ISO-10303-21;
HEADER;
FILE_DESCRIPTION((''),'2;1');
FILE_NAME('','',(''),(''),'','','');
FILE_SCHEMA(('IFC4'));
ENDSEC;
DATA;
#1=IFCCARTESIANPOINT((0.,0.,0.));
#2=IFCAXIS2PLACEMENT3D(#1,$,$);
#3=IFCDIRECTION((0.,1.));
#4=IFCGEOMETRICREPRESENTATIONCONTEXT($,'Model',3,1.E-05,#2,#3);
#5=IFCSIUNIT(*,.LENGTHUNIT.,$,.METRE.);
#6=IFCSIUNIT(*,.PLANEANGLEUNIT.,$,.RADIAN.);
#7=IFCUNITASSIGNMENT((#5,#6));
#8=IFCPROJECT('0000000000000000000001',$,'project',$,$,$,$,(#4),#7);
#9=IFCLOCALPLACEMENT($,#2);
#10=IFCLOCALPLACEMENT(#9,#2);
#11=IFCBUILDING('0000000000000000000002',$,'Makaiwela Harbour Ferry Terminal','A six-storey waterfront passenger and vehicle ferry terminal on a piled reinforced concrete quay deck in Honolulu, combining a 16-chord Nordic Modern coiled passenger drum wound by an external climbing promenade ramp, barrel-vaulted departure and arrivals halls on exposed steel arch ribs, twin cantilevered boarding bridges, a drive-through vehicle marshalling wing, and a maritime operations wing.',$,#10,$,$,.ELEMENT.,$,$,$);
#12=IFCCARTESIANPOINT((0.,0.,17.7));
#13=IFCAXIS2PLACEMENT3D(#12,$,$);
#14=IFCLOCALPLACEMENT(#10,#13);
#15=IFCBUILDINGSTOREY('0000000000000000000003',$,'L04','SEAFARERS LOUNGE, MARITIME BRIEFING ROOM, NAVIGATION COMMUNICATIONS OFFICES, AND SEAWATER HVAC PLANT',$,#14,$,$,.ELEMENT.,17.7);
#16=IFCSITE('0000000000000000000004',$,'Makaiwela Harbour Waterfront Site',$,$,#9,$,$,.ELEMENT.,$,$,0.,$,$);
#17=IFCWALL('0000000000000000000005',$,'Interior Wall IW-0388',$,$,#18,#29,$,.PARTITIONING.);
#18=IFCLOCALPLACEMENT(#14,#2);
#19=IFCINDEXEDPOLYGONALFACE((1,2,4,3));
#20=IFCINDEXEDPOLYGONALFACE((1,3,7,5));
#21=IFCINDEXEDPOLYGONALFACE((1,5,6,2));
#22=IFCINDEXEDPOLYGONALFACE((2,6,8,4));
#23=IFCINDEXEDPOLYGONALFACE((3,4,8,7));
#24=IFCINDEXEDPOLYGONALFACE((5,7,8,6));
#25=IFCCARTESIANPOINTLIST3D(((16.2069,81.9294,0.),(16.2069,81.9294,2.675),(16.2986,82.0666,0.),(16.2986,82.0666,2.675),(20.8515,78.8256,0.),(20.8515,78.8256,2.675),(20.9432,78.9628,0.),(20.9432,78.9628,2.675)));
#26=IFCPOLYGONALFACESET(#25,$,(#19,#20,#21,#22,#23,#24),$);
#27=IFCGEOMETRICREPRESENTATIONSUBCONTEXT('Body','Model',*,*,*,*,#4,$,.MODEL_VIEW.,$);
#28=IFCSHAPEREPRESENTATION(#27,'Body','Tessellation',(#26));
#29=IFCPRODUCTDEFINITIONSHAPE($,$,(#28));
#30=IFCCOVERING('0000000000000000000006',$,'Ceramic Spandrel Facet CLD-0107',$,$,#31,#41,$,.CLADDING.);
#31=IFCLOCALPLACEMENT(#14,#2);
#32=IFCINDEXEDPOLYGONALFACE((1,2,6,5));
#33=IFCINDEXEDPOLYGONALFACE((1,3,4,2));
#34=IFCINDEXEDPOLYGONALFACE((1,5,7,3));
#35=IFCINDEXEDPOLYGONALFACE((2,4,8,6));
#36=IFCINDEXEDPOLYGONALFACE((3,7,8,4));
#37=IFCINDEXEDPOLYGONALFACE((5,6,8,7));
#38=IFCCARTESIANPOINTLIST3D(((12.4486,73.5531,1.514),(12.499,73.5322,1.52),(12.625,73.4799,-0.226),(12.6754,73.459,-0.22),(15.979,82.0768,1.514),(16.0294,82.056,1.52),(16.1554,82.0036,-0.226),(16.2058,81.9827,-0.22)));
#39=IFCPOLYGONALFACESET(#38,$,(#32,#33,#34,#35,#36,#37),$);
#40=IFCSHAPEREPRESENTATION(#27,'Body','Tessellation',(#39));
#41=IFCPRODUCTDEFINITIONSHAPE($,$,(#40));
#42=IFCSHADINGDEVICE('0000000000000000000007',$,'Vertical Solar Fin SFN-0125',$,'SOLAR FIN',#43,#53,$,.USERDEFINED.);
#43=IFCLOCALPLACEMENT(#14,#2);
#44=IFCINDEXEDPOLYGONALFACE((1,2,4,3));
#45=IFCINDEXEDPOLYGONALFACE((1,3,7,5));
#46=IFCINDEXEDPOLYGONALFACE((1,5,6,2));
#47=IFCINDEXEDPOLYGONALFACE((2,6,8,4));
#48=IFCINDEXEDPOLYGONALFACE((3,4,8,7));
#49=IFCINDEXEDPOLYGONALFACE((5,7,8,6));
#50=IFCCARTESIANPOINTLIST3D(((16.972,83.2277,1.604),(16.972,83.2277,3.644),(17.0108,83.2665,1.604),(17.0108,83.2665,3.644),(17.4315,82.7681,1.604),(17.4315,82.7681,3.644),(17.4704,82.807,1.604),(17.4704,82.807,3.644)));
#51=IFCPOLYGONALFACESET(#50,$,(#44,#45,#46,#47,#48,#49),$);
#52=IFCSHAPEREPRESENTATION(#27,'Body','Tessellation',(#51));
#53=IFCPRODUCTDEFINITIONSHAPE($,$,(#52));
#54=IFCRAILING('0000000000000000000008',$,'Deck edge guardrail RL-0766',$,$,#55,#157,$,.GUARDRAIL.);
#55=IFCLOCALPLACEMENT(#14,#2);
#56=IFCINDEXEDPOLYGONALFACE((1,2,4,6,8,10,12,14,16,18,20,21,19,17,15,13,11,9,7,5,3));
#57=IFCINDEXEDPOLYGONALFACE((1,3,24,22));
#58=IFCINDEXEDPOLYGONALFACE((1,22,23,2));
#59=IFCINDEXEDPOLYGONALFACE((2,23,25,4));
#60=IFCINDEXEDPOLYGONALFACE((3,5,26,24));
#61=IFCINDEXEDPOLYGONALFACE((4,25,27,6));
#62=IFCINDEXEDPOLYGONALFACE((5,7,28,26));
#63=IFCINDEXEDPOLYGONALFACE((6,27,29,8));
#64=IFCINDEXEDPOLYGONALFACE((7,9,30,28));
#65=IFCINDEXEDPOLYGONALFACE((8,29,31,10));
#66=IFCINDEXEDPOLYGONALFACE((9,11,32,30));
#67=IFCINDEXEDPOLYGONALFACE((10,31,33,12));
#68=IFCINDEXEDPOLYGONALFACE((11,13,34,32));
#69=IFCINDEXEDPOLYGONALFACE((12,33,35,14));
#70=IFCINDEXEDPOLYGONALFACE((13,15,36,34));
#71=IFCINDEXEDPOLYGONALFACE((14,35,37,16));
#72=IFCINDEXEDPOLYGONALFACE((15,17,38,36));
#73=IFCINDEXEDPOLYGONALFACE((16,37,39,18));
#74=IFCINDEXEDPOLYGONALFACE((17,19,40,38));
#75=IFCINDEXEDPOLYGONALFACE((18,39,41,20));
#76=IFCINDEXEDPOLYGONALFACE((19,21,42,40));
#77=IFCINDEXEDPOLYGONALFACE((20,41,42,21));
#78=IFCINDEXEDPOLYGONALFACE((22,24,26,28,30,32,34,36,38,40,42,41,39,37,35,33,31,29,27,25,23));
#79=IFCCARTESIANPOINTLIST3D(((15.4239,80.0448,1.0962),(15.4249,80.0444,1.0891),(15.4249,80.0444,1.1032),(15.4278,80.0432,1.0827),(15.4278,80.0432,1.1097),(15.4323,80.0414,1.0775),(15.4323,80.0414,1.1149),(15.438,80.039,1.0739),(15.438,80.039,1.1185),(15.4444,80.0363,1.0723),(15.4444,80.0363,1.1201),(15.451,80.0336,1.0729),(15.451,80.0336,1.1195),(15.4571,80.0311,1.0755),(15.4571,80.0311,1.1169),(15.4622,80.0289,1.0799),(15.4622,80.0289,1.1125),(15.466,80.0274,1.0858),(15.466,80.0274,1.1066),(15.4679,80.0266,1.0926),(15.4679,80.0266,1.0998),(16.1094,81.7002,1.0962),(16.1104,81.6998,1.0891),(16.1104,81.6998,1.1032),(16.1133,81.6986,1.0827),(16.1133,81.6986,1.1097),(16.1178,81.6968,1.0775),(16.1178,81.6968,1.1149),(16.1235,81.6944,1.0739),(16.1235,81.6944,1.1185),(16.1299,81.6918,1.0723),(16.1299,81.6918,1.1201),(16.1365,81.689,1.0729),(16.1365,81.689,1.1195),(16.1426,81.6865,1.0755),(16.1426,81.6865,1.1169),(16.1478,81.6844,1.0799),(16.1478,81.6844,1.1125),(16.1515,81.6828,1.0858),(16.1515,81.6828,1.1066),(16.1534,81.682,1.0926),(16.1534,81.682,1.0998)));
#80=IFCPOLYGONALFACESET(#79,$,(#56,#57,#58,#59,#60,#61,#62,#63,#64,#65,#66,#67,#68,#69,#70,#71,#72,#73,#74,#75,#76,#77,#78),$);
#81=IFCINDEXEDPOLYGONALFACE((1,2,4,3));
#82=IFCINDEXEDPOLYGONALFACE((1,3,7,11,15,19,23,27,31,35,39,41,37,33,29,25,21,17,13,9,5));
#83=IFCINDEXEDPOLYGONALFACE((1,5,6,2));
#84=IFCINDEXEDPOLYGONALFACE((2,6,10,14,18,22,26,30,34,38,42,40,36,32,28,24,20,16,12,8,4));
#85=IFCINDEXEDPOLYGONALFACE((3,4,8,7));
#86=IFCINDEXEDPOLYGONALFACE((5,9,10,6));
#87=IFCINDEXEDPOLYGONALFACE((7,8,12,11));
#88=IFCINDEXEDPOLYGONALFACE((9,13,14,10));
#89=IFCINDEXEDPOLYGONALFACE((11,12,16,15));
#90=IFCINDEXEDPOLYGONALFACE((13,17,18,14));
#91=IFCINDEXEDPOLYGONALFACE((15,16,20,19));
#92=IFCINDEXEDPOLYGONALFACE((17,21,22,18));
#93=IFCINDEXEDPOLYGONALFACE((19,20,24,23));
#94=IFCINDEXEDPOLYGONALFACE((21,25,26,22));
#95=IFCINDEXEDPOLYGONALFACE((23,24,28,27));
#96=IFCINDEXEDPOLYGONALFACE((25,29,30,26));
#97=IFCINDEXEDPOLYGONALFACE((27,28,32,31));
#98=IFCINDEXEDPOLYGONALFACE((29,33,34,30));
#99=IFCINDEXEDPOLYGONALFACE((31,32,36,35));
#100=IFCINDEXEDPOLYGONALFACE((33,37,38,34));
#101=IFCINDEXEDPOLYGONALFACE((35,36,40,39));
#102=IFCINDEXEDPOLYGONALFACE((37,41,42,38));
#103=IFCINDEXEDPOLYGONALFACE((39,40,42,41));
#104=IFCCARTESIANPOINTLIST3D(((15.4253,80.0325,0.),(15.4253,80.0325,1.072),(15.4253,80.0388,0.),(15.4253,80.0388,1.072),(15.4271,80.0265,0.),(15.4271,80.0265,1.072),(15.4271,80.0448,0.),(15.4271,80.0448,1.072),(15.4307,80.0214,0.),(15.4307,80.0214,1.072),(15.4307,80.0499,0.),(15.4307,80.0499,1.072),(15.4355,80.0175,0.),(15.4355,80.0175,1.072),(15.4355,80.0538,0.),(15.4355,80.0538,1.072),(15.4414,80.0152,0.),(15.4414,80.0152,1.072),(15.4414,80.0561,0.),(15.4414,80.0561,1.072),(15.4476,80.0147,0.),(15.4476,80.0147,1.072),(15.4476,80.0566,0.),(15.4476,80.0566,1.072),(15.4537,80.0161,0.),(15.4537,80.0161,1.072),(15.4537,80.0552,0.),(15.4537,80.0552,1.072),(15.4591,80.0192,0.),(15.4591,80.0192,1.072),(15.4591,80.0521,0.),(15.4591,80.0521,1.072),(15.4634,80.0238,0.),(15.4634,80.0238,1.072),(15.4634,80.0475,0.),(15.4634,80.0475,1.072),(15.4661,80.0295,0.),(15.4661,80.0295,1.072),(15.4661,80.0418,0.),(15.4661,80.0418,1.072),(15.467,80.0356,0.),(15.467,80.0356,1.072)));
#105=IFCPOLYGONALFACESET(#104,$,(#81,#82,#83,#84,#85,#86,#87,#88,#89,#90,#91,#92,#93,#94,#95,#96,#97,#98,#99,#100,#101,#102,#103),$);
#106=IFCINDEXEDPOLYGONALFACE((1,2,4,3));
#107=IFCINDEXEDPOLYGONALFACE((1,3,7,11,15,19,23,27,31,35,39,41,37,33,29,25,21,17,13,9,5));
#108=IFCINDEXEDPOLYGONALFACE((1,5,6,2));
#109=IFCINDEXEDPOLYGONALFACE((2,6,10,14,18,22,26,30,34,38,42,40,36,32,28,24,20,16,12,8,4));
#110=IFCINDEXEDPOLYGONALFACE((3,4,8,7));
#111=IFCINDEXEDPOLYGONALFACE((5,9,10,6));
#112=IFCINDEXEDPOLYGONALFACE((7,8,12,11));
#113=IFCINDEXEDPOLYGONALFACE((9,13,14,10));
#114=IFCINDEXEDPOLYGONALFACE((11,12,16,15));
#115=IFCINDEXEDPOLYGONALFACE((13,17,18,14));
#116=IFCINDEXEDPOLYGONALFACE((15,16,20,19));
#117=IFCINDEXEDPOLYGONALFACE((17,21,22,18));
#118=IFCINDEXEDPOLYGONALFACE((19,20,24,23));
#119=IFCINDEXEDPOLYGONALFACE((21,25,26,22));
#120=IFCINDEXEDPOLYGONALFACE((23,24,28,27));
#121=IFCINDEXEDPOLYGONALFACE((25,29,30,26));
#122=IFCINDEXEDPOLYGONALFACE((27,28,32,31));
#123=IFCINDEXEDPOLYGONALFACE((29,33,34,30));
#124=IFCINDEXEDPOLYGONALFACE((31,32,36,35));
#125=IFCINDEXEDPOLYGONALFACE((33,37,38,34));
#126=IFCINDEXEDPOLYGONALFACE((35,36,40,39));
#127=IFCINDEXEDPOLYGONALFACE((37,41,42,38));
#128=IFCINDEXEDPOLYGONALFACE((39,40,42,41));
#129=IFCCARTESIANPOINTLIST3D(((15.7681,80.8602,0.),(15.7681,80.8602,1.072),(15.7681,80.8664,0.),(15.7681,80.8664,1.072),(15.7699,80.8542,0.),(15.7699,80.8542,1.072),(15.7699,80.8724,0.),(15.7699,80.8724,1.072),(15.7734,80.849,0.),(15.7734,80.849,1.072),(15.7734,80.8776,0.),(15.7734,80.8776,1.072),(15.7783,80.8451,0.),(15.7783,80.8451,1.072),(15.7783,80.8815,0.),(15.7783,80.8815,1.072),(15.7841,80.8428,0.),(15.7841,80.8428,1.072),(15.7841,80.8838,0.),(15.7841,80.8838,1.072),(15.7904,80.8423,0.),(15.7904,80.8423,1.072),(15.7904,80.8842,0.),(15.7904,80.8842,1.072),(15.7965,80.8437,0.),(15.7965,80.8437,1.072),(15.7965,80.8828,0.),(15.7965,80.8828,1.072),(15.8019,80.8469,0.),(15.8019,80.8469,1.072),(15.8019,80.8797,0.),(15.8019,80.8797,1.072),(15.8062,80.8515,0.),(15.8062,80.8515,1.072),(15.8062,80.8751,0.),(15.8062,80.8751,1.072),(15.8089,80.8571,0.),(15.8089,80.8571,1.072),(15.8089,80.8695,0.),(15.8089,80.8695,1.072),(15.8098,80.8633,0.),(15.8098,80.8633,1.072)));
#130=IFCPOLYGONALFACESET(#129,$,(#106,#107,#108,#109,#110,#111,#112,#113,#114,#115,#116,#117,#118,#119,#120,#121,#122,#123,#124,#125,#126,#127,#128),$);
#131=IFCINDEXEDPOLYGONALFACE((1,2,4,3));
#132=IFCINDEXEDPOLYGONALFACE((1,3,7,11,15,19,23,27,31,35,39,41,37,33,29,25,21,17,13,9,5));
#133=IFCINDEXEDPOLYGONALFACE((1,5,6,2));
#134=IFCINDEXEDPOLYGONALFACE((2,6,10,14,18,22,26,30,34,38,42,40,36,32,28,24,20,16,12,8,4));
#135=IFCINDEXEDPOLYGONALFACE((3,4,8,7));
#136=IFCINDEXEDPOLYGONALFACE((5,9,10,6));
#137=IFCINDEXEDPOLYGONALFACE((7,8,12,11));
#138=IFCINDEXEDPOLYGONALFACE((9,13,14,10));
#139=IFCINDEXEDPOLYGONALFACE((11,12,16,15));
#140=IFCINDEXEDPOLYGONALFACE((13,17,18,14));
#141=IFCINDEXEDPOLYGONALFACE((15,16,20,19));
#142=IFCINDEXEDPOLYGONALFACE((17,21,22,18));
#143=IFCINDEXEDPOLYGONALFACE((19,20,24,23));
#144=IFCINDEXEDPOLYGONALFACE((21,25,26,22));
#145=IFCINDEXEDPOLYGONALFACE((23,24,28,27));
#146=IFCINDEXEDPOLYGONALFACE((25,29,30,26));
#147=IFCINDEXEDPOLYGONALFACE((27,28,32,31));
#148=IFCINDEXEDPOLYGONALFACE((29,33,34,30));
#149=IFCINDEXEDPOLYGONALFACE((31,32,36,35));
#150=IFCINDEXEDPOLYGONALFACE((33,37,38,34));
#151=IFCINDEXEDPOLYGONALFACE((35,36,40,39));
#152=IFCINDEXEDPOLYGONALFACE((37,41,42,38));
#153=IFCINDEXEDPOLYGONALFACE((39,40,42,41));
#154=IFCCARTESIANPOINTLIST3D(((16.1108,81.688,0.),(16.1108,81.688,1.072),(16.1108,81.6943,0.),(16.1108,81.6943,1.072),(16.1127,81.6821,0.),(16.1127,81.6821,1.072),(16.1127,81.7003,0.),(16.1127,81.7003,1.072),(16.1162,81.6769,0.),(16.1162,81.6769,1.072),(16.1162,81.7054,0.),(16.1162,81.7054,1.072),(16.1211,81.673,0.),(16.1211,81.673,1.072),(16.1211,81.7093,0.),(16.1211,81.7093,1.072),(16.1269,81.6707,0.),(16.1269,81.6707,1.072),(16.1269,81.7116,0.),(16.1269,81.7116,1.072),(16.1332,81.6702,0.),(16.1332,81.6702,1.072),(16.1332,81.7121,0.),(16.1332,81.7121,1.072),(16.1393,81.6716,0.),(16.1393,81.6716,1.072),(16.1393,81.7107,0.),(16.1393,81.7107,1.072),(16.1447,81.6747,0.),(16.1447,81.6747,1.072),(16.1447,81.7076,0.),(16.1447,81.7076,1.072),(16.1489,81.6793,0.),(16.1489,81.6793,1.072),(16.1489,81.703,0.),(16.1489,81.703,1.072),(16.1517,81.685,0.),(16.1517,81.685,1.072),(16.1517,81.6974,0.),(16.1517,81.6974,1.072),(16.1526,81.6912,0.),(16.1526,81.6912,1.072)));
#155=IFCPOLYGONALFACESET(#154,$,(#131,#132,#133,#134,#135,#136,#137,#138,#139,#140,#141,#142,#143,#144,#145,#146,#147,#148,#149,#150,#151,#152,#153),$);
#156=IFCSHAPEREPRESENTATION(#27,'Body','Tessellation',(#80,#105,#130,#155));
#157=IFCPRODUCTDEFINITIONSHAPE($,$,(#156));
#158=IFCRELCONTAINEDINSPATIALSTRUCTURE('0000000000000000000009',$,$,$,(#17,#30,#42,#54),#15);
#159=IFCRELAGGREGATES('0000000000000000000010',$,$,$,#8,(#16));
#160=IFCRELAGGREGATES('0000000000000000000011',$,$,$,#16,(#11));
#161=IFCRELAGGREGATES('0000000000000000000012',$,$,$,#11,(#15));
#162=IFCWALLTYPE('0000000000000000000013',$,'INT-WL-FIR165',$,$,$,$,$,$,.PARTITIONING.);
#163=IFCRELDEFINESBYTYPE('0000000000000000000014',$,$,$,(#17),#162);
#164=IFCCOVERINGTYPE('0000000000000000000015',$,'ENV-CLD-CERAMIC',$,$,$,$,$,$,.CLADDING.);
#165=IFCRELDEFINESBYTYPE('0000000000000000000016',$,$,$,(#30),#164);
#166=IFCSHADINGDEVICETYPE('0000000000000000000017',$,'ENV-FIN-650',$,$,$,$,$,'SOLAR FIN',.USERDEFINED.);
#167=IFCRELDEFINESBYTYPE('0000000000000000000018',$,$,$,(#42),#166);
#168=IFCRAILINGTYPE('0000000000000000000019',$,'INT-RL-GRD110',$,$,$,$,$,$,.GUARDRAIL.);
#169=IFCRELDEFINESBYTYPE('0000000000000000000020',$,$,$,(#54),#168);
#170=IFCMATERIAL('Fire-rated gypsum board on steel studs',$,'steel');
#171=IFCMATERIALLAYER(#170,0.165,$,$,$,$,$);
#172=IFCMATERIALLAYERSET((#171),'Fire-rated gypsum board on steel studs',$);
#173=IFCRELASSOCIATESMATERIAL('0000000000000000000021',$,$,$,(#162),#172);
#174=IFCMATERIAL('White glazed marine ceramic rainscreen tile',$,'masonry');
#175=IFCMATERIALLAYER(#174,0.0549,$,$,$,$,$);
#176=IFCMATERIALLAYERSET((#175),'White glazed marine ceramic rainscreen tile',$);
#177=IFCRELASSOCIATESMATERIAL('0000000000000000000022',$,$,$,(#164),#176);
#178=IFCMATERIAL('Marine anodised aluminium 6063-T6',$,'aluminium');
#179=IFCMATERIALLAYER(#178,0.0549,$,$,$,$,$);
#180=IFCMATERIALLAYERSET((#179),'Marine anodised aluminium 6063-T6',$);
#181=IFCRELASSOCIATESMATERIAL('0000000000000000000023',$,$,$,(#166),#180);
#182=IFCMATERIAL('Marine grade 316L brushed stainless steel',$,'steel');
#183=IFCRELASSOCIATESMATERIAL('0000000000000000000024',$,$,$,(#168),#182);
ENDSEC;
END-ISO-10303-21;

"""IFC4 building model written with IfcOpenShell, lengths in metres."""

from ifc_helpers import new_model, si_unit, direction, frame, frame_2d, origin, origin_2d, place, context, subcontext, project, spatial, polyline, rectangle, circle, outline, extrude, material, layer, layer_set, type_object, element, save


model = new_model("IFC4")

# Units and contexts
model_context = context("Model", 3, precision=1e-05, world=origin(), true_north=direction((0.0, 1.0)))
body_context = subcontext(model_context, "Body", "Model", "MODEL_VIEW")
ifc_project = project(units=[si_unit("LENGTHUNIT", "METRE"), si_unit("PLANEANGLEUNIT", "RADIAN")], contexts=[model_context])

# Site, building, storey
site_placement = place(None, origin())
site = spatial("IfcSite", under=ifc_project, at=site_placement, Name="Makaiwela Harbour Waterfront Site", CompositionType="ELEMENT", RefElevation=0.0)
building_placement = place(site_placement, origin())
building = spatial("IfcBuilding", under=site, at=building_placement, Name="Makaiwela Harbour Ferry Terminal", Description="A six-storey waterfront passenger and vehicle ferry terminal on a piled reinforced concrete quay deck in Honolulu, combining a 16-chord Nordic Modern coiled passenger drum wound by an external climbing promenade ramp, barrel-vaulted departure and arrivals halls on exposed steel arch ribs, twin cantilevered boarding bridges, a drive-through vehicle marshalling wing, and a maritime operations wing.", CompositionType="ELEMENT")
storey_placement = place(building_placement, frame((0.0, 0.0, 17.7)))
storey = spatial("IfcBuildingStorey", under=building, at=storey_placement, Name="L04", Description="SEAFARERS LOUNGE, MARITIME BRIEFING ROOM, NAVIGATION COMMUNICATIONS OFFICES, AND SEAWATER HVAC PLANT", CompositionType="ELEMENT", Elevation=17.7)

# Shared definitions
ifc_material_1 = material(Name="Marine anodised aluminium 6063-T6", Category="aluminium")

# Wall
ifc_material_2 = material(Name="Fire-rated gypsum board on steel studs", Category="steel")
ifc_layer_1 = layer(ifc_material_2, 0.165)
ifc_layer_set_1 = layer_set([ifc_layer_1], Name="Fire-rated gypsum board on steel studs")
wall_type_1 = type_object("IfcWallType", Name="INT-WL-FIR165", PredefinedType="PARTITIONING", material=ifc_layer_set_1)
wall_1_placement = place(storey_placement, frame((20.8972, 78.8943, 0.0), z_axis=(0.0, 0.0, 1.0), x_axis=(-0.831438, 0.555618, 0.0)))
element("IfcWall", 1, at=wall_1_placement, inside=storey, type_object=wall_type_1, Name="Interior Wall IW-0388", PredefinedType="PARTITIONING", context=body_context, shape_type="SweptSolid", body=[
    extrude(rectangle(XDim=5.5862, YDim=0.165, at=frame_2d((2.793, 0.0))), origin(), (0.0, 0.0, 1.0), 2.675),
])

# Covering
ifc_material_3 = material(Name="White glazed marine ceramic rainscreen tile", Category="masonry")
ifc_layer_2 = layer(ifc_material_3, 0.0549)
ifc_layer_set_2 = layer_set([ifc_layer_2], Name="White glazed marine ceramic rainscreen tile")
covering_type = type_object("IfcCoveringType", Name="ENV-CLD-CERAMIC", PredefinedType="CLADDING", material=ifc_layer_set_2)
covering_placement = place(storey_placement, frame((16.2058, 81.9827, -0.22), z_axis=(0.918372, -0.380378, 0.109111), x_axis=(-0.382662, -0.923888, -0.000001)))
element("IfcCovering", 2, at=covering_placement, inside=storey, type_object=covering_type, Name="Ceramic Spandrel Facet CLD-0107", PredefinedType="CLADDING", context=body_context, shape_type="SweptSolid", body=[
    extrude(outline(polyline([(0.0, 0.0), (9.2258, 0.0), (9.2257, -1.7505), (-0.0002, -1.7504), (0.0, 0.0)])), origin(), (0.0, 0.0, -1.0), 0.0549),
])

# Shading device
ifc_layer_3 = layer(ifc_material_1, 0.0549)
ifc_layer_set_3 = layer_set([ifc_layer_3], Name="Marine anodised aluminium 6063-T6")
shading_device_type = type_object("IfcShadingDeviceType", Name="ENV-FIN-650", ElementType="SOLAR FIN", PredefinedType="USERDEFINED", material=ifc_layer_set_3)
shading_device_placement = place(storey_placement, frame((17.2212, 83.0173, 1.604), z_axis=(0.0, 0.0, 1.0), x_axis=(-0.707107, 0.707107, 0.0)))
element("IfcShadingDevice", 3, at=shading_device_placement, inside=storey, type_object=shading_device_type, Name="Vertical Solar Fin SFN-0125", ObjectType="SOLAR FIN", PredefinedType="USERDEFINED", context=body_context, shape_type="SweptSolid", body=[
    extrude(rectangle(XDim=0.6499, YDim=0.0549, at=origin_2d()), origin(), (0.0, 0.0, 1.0), 2.04),
])

# Railing
ifc_material_4 = material(Name="Marine grade 316L brushed stainless steel", Category="steel")
railing_type = type_object("IfcRailingType", Name="INT-RL-GRD110", PredefinedType="GUARDRAIL", material=ifc_material_4)
railing_placement = place(storey_placement, frame((15.446, 80.0356, 0.0)))
element("IfcRailing", 4, at=railing_placement, inside=storey, type_object=railing_type, Name="Deck edge guardrail RL-0766", PredefinedType="GUARDRAIL", context=body_context, shape_type="SweptSolid", body=[
    extrude(circle(Radius=0.0239, at=origin_2d()), frame((0.0, 0.0, 1.0962), z_axis=(0.382592, 0.923917, 0.0), x_axis=(-0.923917, 0.382592, 0.0)), (0.0, 0.0, 1.0), 1.7917),
    extrude(circle(Radius=0.021, at=origin_2d()), origin(), (0.0, 0.0, 1.0), 1.072),
    extrude(circle(Radius=0.021, at=origin_2d()), frame((0.3428, 0.8276, 0.0)), (0.0, 0.0, 1.0), 1.072),
    extrude(circle(Radius=0.021, at=origin_2d()), frame((0.6855, 1.6555, 0.0)), (0.0, 0.0, 1.0), 1.072),
])

save(model, "model.ifc")
